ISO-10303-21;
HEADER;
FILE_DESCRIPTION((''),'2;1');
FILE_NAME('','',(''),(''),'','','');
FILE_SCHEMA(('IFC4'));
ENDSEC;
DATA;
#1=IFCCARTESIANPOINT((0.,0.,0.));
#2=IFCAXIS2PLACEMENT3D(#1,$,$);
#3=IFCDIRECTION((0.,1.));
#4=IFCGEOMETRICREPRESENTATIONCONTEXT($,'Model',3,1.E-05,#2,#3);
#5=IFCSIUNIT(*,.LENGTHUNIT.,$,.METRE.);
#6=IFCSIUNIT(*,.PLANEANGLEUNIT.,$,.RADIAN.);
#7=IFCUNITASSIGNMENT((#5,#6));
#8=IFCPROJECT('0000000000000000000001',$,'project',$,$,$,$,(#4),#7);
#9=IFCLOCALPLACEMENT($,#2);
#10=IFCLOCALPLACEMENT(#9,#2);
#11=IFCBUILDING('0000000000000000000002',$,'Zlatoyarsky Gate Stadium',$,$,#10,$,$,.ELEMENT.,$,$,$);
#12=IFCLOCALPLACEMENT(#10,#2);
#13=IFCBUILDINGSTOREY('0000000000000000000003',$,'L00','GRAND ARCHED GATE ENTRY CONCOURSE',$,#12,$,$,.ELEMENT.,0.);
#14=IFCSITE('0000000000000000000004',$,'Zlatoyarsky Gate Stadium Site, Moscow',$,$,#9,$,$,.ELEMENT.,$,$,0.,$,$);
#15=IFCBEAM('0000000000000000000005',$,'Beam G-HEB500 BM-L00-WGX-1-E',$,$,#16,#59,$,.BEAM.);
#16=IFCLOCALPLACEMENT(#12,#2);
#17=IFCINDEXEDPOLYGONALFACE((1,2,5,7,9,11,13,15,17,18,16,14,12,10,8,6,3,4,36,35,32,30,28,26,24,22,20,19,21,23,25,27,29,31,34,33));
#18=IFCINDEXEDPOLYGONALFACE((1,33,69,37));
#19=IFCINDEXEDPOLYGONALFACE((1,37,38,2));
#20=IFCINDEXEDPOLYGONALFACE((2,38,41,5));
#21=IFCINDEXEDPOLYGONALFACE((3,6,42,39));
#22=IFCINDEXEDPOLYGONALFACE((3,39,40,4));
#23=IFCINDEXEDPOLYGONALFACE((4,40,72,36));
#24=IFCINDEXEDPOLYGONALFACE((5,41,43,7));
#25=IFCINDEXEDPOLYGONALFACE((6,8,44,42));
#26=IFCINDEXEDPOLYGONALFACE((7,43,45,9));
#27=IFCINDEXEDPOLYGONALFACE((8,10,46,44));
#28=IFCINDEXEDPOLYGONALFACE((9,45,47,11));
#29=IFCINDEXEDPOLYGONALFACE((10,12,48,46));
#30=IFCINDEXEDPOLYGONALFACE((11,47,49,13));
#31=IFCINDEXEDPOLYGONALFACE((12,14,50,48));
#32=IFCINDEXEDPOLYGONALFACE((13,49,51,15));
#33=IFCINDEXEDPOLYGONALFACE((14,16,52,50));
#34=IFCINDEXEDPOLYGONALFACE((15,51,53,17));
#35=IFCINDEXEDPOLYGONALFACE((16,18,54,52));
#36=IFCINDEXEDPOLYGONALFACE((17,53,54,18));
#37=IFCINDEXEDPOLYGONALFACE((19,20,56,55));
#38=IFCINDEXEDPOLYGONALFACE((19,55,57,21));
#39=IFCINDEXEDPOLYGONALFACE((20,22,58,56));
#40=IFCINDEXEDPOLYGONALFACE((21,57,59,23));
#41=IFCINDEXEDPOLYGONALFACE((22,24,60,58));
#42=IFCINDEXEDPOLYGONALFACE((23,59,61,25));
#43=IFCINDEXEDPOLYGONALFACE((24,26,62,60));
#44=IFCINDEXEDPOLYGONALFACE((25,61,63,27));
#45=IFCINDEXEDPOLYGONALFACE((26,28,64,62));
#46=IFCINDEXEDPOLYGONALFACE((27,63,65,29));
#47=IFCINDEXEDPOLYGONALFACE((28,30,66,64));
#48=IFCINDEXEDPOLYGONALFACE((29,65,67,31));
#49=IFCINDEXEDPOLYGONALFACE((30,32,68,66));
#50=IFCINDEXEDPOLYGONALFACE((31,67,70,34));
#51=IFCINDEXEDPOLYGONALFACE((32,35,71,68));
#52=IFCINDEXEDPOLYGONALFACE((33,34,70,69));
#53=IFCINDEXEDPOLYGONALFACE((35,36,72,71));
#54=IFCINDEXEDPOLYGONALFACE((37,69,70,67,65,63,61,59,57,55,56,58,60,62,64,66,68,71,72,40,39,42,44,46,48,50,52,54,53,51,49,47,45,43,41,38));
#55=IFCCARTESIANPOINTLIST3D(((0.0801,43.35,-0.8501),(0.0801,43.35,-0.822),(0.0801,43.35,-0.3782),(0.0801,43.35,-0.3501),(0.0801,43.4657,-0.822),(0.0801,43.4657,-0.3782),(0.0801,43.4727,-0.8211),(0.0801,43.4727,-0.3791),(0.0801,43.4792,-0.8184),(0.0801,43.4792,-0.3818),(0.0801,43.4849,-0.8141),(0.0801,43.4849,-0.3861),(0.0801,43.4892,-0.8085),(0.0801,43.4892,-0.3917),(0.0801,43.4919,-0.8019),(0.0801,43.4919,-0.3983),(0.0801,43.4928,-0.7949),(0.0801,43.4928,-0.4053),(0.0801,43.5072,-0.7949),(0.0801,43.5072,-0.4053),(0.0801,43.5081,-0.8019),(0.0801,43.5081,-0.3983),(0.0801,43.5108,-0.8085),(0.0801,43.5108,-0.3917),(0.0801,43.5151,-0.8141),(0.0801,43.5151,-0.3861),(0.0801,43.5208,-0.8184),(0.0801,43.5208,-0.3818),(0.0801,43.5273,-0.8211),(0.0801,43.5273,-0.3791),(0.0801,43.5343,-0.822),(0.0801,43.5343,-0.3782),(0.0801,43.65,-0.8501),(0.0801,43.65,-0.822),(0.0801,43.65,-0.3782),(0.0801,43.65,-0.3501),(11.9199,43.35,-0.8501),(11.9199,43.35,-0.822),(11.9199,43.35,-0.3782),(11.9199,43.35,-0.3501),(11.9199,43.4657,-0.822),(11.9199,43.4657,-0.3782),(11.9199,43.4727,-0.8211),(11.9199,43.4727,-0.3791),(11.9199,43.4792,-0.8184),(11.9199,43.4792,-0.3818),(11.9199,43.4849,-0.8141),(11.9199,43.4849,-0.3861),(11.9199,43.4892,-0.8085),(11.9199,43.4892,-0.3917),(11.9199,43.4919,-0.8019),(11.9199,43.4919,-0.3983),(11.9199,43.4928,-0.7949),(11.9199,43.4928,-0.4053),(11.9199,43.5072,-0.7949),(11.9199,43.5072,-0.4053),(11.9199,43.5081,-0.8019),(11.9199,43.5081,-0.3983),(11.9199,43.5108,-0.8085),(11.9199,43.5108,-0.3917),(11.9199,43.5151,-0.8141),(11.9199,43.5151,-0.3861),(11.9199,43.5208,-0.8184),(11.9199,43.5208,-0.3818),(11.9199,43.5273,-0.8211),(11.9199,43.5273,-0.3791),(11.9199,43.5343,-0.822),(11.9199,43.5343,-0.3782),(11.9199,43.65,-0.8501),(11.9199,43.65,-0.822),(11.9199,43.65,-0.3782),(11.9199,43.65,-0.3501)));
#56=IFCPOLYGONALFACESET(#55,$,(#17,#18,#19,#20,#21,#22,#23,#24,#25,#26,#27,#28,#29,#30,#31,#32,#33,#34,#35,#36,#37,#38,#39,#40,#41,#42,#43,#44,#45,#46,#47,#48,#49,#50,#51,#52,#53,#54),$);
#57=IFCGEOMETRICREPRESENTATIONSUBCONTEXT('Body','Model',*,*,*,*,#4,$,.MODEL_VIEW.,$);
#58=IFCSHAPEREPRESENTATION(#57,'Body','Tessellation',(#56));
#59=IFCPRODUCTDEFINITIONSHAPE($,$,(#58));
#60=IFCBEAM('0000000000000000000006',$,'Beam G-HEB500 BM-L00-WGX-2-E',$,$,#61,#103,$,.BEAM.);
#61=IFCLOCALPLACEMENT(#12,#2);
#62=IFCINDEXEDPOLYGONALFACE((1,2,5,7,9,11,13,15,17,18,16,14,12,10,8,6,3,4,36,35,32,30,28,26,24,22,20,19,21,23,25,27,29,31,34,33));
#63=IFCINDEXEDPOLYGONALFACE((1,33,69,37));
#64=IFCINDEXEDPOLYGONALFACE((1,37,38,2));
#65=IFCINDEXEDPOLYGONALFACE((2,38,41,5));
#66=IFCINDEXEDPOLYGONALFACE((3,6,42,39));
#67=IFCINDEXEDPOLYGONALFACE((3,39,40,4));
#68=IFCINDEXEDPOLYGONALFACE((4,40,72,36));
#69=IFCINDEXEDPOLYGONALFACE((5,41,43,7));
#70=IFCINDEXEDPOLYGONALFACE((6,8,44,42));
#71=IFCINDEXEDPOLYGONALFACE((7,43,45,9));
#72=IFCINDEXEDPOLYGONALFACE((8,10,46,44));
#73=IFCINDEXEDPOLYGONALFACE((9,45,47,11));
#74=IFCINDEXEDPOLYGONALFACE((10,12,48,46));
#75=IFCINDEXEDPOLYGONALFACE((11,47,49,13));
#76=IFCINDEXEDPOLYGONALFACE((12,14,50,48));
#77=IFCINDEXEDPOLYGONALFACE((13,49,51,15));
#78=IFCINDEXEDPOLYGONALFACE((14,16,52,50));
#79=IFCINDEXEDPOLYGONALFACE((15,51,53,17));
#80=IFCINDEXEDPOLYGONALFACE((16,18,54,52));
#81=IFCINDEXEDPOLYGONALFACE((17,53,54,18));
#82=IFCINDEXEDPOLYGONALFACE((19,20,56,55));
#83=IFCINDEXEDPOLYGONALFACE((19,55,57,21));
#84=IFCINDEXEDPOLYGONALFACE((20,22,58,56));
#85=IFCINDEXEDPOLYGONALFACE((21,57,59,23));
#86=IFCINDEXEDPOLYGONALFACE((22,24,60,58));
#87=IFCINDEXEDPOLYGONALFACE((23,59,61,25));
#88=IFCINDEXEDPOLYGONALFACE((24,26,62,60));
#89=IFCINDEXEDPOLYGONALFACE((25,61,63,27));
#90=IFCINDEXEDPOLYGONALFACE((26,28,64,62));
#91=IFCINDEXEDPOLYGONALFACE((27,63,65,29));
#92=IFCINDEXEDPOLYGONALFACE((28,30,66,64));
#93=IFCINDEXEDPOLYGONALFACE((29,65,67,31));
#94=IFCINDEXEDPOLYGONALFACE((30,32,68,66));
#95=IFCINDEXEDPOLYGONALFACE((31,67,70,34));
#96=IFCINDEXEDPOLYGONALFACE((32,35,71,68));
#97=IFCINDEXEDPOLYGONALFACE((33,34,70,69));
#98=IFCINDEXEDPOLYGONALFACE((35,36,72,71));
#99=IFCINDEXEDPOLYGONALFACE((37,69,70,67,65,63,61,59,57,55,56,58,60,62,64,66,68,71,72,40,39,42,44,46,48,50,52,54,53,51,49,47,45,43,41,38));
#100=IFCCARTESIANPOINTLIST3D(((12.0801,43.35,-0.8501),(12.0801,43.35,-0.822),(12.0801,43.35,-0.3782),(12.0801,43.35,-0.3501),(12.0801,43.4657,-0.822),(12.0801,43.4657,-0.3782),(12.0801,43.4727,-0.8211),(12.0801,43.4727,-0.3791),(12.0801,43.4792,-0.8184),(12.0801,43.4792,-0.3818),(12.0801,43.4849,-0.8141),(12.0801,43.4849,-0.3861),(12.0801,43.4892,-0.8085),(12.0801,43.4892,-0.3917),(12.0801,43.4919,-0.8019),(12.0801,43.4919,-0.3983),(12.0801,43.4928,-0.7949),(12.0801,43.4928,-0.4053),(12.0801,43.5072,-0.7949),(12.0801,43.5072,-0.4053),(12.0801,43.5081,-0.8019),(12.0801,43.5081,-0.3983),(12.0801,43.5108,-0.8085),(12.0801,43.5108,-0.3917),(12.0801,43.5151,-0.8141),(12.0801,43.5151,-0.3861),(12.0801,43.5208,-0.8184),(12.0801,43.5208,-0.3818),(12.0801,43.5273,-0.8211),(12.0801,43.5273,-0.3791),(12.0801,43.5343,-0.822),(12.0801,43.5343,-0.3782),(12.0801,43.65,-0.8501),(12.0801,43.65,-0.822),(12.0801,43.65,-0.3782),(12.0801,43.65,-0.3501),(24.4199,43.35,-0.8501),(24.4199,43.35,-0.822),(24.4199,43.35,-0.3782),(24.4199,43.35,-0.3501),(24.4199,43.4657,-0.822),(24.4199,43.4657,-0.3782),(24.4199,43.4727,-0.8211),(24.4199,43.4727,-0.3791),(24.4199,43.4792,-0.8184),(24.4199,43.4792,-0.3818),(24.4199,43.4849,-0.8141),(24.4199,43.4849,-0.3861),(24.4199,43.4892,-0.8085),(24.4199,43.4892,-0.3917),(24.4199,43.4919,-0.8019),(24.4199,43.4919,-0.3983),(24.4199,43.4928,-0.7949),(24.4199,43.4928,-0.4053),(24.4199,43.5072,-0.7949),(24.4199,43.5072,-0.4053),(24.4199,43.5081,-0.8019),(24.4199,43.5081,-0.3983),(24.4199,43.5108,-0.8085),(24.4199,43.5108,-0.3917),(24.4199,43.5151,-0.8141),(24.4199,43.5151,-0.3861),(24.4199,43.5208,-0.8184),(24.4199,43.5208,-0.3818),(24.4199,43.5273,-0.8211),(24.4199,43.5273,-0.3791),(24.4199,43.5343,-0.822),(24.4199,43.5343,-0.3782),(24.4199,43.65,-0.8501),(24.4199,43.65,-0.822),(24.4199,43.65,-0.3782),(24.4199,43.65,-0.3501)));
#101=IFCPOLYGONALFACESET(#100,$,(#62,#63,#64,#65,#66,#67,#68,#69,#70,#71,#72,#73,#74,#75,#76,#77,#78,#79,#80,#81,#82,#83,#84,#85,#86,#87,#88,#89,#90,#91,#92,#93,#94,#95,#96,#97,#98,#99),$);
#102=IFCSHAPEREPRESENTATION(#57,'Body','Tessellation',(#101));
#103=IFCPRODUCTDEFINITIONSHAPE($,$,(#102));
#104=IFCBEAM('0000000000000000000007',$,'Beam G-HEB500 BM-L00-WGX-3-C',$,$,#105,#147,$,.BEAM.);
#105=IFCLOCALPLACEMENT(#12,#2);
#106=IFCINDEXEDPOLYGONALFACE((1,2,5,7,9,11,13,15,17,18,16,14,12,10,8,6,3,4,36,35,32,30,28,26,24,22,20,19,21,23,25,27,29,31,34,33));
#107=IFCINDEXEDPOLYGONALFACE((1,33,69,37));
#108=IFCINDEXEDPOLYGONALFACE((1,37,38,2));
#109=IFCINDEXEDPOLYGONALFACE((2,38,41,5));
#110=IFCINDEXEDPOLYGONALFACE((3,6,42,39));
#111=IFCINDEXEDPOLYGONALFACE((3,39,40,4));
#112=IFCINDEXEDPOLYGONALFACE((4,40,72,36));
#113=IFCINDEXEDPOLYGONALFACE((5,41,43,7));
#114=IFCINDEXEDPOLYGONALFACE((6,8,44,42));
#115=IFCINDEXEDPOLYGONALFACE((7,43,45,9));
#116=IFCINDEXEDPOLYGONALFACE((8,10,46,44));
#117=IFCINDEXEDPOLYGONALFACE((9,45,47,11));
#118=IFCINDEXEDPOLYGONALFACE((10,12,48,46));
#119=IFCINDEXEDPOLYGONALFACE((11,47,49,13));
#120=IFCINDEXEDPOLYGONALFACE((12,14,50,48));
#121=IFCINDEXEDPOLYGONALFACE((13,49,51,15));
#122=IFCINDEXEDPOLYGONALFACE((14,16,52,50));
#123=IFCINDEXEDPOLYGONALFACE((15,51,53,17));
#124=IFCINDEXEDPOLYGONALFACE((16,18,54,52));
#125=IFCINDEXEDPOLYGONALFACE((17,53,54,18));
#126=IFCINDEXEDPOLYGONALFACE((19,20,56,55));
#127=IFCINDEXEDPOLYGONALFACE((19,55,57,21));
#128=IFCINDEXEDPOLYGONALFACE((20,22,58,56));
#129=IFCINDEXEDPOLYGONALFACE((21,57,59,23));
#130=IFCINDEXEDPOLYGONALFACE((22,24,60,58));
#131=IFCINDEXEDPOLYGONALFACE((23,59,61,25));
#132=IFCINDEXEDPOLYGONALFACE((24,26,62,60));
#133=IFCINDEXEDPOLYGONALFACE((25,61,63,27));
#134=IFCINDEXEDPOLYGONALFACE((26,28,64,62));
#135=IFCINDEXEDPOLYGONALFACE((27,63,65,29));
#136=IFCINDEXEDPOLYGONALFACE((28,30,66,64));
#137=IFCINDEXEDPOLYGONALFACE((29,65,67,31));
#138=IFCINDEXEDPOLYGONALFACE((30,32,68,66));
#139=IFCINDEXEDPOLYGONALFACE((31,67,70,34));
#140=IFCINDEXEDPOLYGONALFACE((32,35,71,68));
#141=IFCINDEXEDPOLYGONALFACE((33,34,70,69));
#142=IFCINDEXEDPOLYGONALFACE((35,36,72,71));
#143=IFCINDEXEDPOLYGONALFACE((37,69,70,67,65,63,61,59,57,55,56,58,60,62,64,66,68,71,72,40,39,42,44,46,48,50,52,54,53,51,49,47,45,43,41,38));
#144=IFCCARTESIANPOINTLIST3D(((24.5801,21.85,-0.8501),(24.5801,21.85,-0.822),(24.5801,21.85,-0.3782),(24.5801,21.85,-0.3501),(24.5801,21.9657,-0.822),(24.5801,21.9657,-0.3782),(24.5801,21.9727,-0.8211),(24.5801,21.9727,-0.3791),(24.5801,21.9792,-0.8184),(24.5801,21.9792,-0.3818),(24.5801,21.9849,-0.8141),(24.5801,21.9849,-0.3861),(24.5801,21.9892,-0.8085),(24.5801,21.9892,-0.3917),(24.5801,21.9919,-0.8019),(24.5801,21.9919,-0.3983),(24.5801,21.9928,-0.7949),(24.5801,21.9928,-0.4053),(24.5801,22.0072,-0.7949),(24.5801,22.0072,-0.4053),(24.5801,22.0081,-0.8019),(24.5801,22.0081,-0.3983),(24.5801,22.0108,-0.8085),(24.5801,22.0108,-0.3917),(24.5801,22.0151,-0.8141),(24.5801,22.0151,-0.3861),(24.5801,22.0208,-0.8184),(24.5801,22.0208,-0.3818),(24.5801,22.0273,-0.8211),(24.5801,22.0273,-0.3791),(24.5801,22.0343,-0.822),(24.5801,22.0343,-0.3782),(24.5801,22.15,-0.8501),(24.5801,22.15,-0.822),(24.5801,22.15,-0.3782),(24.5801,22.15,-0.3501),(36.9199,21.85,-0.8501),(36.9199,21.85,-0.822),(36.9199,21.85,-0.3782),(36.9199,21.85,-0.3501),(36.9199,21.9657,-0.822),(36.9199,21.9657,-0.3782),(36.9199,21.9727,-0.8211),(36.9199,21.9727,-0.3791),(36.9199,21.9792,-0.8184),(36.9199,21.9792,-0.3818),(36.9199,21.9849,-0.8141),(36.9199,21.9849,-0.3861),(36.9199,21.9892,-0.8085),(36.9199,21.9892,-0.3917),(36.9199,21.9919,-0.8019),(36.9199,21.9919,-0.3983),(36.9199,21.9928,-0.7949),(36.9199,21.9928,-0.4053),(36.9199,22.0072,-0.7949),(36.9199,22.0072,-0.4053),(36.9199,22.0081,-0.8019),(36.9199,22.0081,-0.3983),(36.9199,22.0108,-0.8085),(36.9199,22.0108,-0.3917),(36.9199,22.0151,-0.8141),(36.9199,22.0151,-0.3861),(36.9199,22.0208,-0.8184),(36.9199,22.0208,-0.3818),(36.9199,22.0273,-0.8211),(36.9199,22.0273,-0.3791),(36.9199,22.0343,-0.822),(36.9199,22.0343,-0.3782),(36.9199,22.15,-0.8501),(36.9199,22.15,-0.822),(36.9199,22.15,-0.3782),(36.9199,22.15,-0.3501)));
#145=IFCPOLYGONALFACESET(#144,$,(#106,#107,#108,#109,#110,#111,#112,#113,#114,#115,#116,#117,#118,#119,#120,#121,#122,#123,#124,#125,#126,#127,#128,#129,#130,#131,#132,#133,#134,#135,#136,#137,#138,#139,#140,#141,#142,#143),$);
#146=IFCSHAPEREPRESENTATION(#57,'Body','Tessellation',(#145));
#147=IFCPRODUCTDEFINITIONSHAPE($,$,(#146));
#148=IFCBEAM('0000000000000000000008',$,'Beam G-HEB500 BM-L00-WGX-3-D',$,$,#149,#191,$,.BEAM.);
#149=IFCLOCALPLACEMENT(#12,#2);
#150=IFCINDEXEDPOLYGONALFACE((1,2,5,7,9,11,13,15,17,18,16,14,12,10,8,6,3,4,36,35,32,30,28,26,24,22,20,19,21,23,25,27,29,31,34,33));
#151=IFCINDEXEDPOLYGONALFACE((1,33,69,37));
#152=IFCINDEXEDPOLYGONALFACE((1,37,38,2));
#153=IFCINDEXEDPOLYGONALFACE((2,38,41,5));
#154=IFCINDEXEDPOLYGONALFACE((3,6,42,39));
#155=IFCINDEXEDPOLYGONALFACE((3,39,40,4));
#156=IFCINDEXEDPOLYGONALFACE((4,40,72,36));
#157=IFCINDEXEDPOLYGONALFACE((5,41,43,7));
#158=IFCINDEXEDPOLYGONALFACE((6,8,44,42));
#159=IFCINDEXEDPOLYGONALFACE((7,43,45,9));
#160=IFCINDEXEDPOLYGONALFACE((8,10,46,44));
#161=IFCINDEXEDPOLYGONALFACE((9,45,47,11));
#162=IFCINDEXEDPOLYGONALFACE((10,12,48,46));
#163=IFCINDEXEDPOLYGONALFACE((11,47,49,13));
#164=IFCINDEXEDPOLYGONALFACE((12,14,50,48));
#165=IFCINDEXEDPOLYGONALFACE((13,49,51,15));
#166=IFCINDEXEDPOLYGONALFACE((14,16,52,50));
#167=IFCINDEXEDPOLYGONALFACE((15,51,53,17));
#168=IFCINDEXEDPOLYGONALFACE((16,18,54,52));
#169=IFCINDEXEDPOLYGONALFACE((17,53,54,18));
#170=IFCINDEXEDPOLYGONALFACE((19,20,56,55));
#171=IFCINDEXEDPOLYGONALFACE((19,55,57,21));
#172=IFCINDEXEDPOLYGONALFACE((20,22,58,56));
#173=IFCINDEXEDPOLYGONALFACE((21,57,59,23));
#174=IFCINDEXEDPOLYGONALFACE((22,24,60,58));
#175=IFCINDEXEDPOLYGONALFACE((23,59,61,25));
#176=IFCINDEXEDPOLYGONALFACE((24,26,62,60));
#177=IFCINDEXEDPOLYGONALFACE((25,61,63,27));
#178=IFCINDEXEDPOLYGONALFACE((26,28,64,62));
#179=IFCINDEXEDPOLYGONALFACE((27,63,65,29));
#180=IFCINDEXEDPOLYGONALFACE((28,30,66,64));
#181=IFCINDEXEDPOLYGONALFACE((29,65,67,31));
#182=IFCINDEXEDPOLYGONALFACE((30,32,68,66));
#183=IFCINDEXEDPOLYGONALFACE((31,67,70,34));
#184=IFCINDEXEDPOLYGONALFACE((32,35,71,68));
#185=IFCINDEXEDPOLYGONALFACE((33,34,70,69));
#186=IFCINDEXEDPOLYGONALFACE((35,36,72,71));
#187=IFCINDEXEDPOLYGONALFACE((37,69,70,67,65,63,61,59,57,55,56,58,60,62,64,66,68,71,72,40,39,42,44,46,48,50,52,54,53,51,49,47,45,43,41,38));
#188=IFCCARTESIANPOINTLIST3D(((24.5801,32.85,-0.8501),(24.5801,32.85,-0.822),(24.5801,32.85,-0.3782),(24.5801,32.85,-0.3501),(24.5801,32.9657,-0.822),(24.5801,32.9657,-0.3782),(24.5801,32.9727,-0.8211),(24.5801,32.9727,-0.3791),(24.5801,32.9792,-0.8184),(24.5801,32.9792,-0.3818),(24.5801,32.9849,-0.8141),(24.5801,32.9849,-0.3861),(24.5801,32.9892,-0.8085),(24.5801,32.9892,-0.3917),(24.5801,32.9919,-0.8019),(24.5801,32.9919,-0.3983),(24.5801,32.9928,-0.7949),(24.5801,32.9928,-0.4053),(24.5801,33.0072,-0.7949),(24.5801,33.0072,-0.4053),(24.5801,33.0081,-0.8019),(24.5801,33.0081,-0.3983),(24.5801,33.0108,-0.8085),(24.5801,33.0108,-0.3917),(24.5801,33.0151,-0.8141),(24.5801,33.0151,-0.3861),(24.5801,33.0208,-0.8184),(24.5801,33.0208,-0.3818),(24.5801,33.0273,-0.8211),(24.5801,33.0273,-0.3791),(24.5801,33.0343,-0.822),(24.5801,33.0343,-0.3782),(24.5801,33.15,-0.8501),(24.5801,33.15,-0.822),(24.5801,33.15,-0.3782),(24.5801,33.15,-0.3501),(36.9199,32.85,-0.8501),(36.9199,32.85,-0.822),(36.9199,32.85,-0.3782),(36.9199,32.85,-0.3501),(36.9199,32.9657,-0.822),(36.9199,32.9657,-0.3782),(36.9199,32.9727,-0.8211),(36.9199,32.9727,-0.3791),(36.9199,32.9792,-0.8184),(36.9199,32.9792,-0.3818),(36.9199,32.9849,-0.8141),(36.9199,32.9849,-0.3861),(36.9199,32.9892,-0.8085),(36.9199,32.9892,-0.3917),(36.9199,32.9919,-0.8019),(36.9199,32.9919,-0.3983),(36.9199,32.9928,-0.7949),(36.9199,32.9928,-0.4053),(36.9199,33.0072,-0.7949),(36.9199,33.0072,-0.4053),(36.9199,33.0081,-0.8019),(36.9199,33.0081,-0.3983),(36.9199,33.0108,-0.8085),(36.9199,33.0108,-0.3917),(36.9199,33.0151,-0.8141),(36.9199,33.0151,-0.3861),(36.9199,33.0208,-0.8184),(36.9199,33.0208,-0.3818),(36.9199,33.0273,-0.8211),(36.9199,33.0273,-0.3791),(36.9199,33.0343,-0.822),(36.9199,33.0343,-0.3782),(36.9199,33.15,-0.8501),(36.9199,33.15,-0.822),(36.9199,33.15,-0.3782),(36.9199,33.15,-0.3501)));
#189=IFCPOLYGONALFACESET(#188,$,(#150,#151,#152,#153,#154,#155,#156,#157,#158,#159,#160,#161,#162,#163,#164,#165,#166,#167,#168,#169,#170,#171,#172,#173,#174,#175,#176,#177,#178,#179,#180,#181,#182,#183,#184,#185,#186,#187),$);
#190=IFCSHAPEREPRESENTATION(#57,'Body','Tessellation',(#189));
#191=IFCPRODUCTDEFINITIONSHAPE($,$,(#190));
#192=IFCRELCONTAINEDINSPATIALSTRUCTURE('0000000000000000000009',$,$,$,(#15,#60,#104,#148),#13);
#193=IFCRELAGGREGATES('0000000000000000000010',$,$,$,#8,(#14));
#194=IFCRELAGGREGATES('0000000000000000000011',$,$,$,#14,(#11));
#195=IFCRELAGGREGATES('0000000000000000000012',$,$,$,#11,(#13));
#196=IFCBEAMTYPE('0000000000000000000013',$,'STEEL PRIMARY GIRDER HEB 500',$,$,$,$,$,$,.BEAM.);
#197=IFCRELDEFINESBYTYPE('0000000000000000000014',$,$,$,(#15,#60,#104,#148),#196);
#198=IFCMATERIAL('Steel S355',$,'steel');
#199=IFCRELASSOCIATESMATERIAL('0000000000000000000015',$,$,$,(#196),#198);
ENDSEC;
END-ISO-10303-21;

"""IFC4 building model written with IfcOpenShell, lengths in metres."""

from ifc_helpers import new_model, si_unit, direction, frame, origin, origin_2d, place, context, subcontext, project, spatial, i_section, extrude, material, material_profile, profile_set, type_object, element, save


model = new_model("IFC4")

# Units and contexts
model_context = context("Model", 3, precision=1e-05, world=origin(), true_north=direction((0.0, 1.0)))
body_context = subcontext(model_context, "Body", "Model", "MODEL_VIEW")
ifc_project = project(units=[si_unit("LENGTHUNIT", "METRE"), si_unit("PLANEANGLEUNIT", "RADIAN")], contexts=[model_context])

# Site, building, storey
site_placement = place(None, origin())
site = spatial("IfcSite", under=ifc_project, at=site_placement, Name="Zlatoyarsky Gate Stadium Site, Moscow", CompositionType="ELEMENT", RefElevation=0.0)
building_placement = place(site_placement, origin())
building = spatial("IfcBuilding", under=site, at=building_placement, Name="Zlatoyarsky Gate Stadium", CompositionType="ELEMENT")
storey_placement = place(building_placement, origin())
storey = spatial("IfcBuildingStorey", under=building, at=storey_placement, Name="L00", Description="GRAND ARCHED GATE ENTRY CONCOURSE", CompositionType="ELEMENT", Elevation=0.0)

# Shared definitions
ifc_material_1 = material(Name="Steel S355", Category="steel")

# Beams
ifc_material_profile_1 = material_profile(ifc_material_1, i_section(OverallWidth=0.3, OverallDepth=0.5, WebThickness=0.0144, FlangeThickness=0.0281, FilletRadius=0.0271, at=origin_2d()), Name="HEB 500")
ifc_profile_set_1 = profile_set([ifc_material_profile_1], Name="Steel S355")
beam_type_1 = type_object("IfcBeamType", Name="STEEL PRIMARY GIRDER HEB 500", PredefinedType="BEAM", material=ifc_profile_set_1)
beam_1_placement = place(storey_placement, frame((0.0801, 43.5, -0.6001), z_axis=(1.0, 0.0, 0.0), x_axis=(0.0, 1.0, 0.0)))
element("IfcBeam", 1, at=beam_1_placement, inside=storey, type_object=beam_type_1, Name="Beam G-HEB500 BM-L00-WGX-1-E", PredefinedType="BEAM", context=body_context, shape_type="SweptSolid", body=[
    extrude(i_section(OverallWidth=0.3, OverallDepth=0.5, WebThickness=0.0144, FlangeThickness=0.0281, FilletRadius=0.0271, at=origin_2d()), origin(), (0.0, 0.0, 1.0), 11.8398),
])
for number, where, z_axis, x_axis, name in (
    (2, (12.0801, 43.5, -0.6001), (1.0, 0.0, 0.0), (0.0, 1.0, 0.0), "Beam G-HEB500 BM-L00-WGX-2-E"),
    (3, (24.5801, 22.0, -0.6001), (1.0, 0.0, 0.0), (0.0, 1.0, 0.0), "Beam G-HEB500 BM-L00-WGX-3-C"),
    (4, (24.5801, 33.0, -0.6001), (1.0, 0.0, 0.0), (0.0, 1.0, 0.0), "Beam G-HEB500 BM-L00-WGX-3-D"),
):
    element("IfcBeam", number, at=place(storey_placement, frame(where, z_axis=z_axis, x_axis=x_axis)), inside=storey, type_object=beam_type_1, Name=name, PredefinedType="BEAM", context=body_context, shape_type="SweptSolid", body=[
        extrude(i_section(OverallWidth=0.3, OverallDepth=0.5, WebThickness=0.0144, FlangeThickness=0.0281, FilletRadius=0.0271, at=origin_2d()), origin(), (0.0, 0.0, 1.0), 12.3398),
    ])

save(model, "model.ifc")
